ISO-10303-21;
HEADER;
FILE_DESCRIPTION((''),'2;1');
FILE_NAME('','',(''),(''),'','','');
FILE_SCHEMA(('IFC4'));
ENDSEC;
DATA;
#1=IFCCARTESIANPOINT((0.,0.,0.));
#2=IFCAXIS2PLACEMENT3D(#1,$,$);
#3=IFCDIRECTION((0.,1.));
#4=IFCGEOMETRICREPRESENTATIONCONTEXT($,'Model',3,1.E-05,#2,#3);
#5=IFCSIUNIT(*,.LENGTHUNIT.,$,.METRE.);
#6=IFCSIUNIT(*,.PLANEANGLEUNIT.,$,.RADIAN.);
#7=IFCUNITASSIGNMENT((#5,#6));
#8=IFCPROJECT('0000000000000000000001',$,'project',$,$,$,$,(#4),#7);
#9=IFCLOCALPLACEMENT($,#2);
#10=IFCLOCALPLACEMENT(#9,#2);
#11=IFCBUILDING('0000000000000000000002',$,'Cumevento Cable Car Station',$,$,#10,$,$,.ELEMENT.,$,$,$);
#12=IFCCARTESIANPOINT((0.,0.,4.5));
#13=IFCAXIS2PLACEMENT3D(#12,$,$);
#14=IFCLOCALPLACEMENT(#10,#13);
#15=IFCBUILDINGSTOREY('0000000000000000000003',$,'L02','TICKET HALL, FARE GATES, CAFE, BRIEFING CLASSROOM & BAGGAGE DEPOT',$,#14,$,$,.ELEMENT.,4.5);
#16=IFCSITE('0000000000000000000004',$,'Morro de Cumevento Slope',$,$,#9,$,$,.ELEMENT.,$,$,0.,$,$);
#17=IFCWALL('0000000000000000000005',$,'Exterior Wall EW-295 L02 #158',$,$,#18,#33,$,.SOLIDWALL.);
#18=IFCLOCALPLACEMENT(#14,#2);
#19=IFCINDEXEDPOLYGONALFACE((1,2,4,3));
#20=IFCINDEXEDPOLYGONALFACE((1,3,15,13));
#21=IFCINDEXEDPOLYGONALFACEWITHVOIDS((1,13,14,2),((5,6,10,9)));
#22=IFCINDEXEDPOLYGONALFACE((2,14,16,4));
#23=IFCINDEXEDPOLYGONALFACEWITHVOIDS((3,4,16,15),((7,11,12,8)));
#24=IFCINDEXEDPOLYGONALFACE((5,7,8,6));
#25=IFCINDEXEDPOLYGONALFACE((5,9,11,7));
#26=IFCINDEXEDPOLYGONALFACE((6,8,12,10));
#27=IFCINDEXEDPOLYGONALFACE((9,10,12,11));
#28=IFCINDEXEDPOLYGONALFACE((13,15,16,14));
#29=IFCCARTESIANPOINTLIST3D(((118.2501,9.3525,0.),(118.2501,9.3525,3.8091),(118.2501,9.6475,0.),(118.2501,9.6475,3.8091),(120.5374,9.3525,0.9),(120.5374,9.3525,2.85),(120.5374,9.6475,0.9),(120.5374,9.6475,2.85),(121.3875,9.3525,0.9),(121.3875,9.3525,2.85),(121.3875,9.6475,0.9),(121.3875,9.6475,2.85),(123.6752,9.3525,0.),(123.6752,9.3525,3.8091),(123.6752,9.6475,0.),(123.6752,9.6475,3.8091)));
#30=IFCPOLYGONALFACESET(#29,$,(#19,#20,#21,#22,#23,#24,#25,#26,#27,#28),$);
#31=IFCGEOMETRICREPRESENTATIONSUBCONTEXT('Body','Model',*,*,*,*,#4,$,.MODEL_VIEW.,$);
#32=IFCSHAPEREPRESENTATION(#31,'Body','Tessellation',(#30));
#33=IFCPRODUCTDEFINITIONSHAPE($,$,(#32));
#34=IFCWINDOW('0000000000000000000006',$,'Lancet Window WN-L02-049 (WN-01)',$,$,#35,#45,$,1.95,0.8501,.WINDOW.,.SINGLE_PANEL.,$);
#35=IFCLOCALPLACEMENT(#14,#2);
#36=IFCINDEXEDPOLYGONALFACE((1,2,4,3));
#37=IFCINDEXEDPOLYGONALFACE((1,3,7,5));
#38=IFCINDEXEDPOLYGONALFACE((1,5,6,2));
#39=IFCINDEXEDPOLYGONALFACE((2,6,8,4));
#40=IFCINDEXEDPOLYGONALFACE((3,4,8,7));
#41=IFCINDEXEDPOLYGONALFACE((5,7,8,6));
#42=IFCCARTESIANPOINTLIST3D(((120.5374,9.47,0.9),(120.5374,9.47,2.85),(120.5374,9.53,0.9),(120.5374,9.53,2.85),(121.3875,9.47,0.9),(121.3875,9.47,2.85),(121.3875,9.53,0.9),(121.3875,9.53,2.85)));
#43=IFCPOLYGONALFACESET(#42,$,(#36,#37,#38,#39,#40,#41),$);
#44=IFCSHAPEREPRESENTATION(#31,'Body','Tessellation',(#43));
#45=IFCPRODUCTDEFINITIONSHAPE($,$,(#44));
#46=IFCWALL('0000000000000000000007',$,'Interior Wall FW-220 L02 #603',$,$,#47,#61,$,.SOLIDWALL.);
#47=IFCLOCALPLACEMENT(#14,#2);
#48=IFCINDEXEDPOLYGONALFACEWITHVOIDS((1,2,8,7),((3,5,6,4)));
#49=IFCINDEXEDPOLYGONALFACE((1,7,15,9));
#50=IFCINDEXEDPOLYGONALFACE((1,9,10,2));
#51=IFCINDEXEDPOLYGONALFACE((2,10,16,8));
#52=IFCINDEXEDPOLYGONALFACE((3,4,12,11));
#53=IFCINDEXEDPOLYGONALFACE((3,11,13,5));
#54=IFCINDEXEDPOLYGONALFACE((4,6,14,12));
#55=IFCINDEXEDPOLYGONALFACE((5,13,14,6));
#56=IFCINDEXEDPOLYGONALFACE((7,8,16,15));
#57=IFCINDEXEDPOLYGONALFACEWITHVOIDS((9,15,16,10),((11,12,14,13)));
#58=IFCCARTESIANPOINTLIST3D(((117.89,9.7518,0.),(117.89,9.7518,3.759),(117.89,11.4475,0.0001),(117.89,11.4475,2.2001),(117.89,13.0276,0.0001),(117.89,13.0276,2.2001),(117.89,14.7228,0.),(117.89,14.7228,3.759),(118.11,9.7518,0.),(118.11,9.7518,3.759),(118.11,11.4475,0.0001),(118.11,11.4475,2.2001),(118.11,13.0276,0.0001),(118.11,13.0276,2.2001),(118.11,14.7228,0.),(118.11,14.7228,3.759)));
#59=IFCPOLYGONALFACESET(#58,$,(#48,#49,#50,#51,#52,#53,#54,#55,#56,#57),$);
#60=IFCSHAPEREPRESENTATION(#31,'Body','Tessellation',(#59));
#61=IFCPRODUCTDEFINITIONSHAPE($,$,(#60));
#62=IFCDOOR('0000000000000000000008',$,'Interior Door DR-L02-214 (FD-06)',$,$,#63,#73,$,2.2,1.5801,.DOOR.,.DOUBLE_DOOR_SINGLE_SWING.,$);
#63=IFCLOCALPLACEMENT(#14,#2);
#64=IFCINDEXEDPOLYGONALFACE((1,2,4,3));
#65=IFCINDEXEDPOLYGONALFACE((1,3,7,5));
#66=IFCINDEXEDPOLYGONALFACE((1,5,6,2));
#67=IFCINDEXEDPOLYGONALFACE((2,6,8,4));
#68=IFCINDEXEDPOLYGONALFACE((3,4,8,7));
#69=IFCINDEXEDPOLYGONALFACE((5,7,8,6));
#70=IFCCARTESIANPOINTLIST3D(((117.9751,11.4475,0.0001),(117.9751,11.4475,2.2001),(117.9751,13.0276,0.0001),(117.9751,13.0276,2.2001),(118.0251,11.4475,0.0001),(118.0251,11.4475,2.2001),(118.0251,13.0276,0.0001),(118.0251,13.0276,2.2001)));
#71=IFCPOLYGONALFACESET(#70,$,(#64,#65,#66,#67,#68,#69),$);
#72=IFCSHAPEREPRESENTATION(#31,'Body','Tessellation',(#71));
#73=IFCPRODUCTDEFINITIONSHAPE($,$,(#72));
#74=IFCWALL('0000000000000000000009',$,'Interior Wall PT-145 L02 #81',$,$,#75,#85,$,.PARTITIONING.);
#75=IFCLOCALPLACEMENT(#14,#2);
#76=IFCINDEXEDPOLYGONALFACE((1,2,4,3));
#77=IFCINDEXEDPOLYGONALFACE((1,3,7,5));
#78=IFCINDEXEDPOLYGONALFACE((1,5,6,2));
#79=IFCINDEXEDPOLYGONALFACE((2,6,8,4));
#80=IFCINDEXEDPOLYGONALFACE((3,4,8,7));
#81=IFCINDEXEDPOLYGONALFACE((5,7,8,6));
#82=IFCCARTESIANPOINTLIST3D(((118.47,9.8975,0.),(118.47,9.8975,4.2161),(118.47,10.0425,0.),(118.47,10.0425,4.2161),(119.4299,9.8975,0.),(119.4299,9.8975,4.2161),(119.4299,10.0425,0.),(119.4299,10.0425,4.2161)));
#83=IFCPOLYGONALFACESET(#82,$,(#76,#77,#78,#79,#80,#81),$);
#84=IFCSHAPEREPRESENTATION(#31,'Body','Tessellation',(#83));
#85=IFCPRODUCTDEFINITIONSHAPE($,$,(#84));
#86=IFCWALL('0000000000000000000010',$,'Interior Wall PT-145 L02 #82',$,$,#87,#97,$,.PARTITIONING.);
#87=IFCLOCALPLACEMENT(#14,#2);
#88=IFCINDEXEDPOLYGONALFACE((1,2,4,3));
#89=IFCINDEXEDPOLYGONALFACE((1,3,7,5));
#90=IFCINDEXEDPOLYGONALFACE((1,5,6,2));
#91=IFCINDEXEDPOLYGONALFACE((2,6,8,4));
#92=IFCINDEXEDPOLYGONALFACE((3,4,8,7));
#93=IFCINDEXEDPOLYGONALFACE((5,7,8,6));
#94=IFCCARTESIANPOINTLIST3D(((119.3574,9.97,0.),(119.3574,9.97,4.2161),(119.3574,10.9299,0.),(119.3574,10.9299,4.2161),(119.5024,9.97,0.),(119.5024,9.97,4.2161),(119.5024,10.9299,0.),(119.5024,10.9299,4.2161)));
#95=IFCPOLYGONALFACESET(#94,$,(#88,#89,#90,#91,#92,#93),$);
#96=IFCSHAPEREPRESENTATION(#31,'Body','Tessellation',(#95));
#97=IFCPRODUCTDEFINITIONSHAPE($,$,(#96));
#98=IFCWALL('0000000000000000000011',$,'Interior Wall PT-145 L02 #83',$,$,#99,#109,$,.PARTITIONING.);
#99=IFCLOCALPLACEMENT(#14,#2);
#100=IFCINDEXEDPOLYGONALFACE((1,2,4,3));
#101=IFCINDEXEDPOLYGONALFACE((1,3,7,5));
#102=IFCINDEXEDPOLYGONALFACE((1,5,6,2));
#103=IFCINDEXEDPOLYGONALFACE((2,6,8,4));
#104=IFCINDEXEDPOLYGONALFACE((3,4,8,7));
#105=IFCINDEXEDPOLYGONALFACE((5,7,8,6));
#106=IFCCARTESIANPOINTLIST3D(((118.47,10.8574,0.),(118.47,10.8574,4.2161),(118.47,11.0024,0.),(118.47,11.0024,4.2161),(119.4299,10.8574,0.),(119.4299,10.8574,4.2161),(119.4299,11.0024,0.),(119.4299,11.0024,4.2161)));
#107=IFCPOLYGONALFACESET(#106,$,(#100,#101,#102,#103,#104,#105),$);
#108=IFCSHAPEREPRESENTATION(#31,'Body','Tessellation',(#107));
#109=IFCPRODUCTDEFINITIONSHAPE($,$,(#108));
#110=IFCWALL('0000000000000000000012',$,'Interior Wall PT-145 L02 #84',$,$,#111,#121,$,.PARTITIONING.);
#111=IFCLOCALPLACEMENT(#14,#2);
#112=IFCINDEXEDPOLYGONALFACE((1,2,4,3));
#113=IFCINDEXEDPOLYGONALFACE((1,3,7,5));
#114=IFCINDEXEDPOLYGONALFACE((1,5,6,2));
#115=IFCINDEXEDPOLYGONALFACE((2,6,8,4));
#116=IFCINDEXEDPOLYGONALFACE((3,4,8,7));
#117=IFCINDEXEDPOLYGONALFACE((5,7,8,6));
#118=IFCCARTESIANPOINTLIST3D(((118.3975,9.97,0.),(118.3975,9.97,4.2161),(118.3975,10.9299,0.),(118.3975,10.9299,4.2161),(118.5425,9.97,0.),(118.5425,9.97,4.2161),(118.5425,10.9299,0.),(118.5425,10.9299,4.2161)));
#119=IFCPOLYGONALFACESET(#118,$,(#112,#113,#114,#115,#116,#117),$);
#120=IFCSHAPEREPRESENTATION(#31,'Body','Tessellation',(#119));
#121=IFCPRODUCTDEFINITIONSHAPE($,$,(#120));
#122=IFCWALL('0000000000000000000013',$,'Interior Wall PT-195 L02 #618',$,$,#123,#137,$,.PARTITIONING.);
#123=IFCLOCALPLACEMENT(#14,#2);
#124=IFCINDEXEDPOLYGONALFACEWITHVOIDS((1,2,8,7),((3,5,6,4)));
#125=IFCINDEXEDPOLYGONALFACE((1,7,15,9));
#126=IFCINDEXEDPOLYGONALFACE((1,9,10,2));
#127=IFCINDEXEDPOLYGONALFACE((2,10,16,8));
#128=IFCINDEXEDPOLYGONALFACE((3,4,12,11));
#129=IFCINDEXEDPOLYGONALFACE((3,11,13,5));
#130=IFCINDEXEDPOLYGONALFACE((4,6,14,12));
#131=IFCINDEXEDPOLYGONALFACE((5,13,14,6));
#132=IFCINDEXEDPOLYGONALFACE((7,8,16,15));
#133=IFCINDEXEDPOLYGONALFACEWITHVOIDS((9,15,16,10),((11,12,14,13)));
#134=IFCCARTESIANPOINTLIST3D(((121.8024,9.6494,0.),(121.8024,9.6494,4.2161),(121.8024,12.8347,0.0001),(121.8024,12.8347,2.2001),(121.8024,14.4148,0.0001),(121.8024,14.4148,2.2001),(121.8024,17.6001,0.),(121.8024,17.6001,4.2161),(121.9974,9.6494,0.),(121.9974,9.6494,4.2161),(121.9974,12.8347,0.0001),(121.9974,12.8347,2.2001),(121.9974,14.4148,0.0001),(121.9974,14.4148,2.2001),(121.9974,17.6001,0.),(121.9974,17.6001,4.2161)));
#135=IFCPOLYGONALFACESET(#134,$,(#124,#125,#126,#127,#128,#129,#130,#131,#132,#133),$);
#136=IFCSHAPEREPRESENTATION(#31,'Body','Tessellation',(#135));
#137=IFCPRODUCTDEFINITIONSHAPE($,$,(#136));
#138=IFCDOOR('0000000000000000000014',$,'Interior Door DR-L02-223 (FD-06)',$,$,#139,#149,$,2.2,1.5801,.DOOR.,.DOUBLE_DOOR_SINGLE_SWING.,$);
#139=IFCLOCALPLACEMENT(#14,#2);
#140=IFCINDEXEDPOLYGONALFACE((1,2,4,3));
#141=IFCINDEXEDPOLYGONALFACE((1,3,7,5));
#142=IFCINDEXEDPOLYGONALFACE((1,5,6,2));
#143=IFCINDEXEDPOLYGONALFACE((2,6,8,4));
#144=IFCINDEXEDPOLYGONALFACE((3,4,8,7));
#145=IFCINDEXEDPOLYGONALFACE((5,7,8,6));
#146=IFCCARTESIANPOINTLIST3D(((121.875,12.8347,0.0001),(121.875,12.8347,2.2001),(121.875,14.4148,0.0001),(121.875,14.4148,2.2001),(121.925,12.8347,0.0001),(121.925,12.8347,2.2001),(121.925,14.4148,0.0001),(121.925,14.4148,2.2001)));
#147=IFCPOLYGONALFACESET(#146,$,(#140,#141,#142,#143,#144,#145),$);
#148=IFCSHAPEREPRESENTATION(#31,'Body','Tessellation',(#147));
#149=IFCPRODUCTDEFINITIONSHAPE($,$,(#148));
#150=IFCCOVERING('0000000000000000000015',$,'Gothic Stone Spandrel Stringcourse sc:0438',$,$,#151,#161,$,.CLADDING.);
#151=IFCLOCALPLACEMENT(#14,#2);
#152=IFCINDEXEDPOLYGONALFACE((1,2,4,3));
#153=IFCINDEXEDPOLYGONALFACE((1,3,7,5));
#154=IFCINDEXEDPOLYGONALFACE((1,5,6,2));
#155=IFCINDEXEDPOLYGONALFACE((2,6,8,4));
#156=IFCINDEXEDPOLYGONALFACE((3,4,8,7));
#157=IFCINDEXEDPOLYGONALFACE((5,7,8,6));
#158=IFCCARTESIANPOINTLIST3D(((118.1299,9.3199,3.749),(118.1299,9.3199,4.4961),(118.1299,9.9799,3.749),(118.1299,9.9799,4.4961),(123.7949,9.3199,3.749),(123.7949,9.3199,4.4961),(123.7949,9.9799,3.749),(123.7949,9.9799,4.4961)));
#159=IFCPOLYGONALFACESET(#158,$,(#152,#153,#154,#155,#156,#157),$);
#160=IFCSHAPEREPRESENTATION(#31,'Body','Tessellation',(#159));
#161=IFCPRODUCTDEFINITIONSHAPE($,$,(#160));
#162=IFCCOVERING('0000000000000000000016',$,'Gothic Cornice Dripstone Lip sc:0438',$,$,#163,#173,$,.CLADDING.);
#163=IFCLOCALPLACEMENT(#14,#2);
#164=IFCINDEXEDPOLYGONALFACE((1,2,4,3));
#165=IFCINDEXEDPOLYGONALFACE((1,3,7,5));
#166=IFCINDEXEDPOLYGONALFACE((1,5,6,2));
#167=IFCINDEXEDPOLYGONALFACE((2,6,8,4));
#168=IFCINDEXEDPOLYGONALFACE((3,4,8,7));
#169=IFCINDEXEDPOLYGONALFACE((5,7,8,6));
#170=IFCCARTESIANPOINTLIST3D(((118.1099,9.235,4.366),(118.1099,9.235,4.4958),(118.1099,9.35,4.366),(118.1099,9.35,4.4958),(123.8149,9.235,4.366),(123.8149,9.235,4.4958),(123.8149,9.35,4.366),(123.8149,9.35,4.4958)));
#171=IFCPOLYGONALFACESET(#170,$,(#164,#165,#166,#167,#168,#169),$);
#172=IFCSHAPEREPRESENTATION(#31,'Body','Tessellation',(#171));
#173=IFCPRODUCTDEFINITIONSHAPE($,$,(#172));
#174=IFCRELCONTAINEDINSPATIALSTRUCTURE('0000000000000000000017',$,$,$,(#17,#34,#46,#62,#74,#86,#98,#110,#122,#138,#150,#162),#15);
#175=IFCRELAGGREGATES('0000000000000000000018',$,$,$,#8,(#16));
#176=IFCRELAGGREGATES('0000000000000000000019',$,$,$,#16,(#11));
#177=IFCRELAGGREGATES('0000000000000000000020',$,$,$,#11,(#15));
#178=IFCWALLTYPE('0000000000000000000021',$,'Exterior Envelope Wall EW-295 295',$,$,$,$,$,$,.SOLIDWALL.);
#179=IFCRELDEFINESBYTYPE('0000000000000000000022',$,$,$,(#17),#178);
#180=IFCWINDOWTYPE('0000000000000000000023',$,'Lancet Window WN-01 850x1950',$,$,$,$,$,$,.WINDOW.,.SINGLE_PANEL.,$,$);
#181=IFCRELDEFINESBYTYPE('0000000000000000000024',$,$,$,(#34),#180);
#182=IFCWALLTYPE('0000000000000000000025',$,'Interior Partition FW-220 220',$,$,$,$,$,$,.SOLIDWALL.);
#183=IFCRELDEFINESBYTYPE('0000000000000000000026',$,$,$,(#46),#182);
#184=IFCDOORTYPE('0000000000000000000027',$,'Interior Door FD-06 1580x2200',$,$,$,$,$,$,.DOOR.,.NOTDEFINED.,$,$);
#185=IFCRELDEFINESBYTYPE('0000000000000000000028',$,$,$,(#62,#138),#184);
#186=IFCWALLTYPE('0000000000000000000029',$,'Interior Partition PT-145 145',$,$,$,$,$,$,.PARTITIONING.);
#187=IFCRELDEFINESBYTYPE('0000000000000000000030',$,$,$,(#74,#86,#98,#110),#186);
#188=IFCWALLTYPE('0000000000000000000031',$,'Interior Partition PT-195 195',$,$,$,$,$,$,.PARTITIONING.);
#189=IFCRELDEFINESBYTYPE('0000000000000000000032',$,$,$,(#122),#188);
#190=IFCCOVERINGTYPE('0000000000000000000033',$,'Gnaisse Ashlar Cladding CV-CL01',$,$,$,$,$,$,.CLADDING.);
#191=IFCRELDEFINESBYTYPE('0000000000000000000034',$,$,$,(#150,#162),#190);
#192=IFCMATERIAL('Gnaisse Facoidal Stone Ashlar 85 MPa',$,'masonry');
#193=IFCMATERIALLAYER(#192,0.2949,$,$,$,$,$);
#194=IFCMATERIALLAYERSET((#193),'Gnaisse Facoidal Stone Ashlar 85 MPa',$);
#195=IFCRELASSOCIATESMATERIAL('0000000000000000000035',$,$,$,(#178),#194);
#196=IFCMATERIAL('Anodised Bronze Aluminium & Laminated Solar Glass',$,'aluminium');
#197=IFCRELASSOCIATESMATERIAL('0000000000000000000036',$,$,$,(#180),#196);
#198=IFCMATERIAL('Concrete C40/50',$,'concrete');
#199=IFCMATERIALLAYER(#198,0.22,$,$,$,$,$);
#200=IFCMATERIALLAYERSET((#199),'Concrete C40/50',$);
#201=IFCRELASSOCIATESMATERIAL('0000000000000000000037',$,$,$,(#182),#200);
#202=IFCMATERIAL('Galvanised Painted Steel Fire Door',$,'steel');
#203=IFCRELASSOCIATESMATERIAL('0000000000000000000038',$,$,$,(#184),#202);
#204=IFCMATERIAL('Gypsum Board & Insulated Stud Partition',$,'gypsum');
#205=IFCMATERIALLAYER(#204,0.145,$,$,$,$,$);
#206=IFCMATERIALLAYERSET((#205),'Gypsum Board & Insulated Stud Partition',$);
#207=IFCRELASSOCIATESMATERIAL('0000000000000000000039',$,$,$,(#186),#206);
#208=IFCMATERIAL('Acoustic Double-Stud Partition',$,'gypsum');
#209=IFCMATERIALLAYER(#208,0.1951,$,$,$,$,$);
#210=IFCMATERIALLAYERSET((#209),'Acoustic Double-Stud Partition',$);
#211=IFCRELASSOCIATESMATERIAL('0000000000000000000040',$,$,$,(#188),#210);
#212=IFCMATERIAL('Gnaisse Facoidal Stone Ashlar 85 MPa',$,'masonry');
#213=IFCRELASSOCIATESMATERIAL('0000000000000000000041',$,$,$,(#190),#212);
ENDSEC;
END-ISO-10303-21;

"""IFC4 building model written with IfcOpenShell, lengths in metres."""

from ifc_helpers import new_model, si_unit, direction, frame, frame_2d, origin, origin_2d, place, context, subcontext, project, spatial, rectangle, extrude, material, layer, layer_set, type_object, element, fill, save


model = new_model("IFC4")

# Units and contexts
model_context = context("Model", 3, precision=1e-05, world=origin(), true_north=direction((0.0, 1.0)))
body_context = subcontext(model_context, "Body", "Model", "MODEL_VIEW")
ifc_project = project(units=[si_unit("LENGTHUNIT", "METRE"), si_unit("PLANEANGLEUNIT", "RADIAN")], contexts=[model_context])

# Site, building, storey
site_placement = place(None, origin())
site = spatial("IfcSite", under=ifc_project, at=site_placement, Name="Morro de Cumevento Slope", CompositionType="ELEMENT", RefElevation=0.0)
building_placement = place(site_placement, origin())
building = spatial("IfcBuilding", under=site, at=building_placement, Name="Cumevento Cable Car Station", CompositionType="ELEMENT")
storey_placement = place(building_placement, frame((0.0, 0.0, 4.5)))
storey = spatial("IfcBuildingStorey", under=building, at=storey_placement, Name="L02", Description="TICKET HALL, FARE GATES, CAFE, BRIEFING CLASSROOM & BAGGAGE DEPOT", CompositionType="ELEMENT", Elevation=4.5)

# Shared definitions
ifc_material_1 = material(Name="Gnaisse Facoidal Stone Ashlar 85 MPa", Category="masonry")
ifc_layer_1 = layer(ifc_material_1, 0.2949)
ifc_layer_set_1 = layer_set([ifc_layer_1], Name="Gnaisse Facoidal Stone Ashlar 85 MPa")
wall_type_1 = type_object("IfcWallType", Name="Exterior Envelope Wall EW-295 295", PredefinedType="SOLIDWALL", material=ifc_layer_set_1)

# Wall, opening, window
wall_1_placement = place(storey_placement, frame((123.675, 9.5, 0.0), z_axis=(0.0, 0.0, 1.0), x_axis=(-1.0, 0.0, 0.0)))
wall_1 = element("IfcWall", 1, at=wall_1_placement, inside=storey, type_object=wall_type_1, Name="Exterior Wall EW-295 L02 #158", PredefinedType="SOLIDWALL", context=body_context, shape_type="SweptSolid", body=[
    extrude(rectangle(XDim=5.425, YDim=0.2949, at=frame_2d((2.7124, 0.0))), origin(), (0.0, 0.0, 1.0), 3.8091),
])
opening_1_placement = place(wall_1_placement, frame((2.2876, 0.0, 0.8999)))
opening_1 = element("IfcOpeningElement", 2, at=opening_1_placement, cuts=wall_1, PredefinedType="OPENING", context=body_context, shape_type="SweptSolid", body=[
    extrude(rectangle(XDim=0.8501, YDim=1.95, at=frame_2d((0.425, 0.9751))), frame((0.0, 0.1575, 0.0), z_axis=(0.0, -1.0, 0.0), x_axis=(1.0, 0.0, 0.0)), (0.0, 0.0, 1.0), 0.3149),
])
ifc_material_2 = material(Name="Anodised Bronze Aluminium & Laminated Solar Glass", Category="aluminium")
window_type = type_object("IfcWindowType", Name="Lancet Window WN-01 850x1950", PartitioningType="SINGLE_PANEL", PredefinedType="WINDOW", material=ifc_material_2)
window_placement = place(opening_1_placement, origin())
window = element("IfcWindow", 3, at=window_placement, inside=storey, type_object=window_type, Name="Lancet Window WN-L02-049 (WN-01)", OverallHeight=1.95, OverallWidth=0.8501, PartitioningType="SINGLE_PANEL", PredefinedType="WINDOW", context=body_context, shape_type="SweptSolid", body=[
    extrude(rectangle(XDim=0.8501, YDim=1.95, at=frame_2d((0.425, 0.9751))), frame((0.0, 0.03, 0.0), z_axis=(0.0, -1.0, 0.0), x_axis=(1.0, 0.0, 0.0)), (0.0, 0.0, 1.0), 0.0601),
])
fill(opening_1, window)

# Wall, opening, door
ifc_material_3 = material(Name="Concrete C40/50", Category="concrete")
ifc_layer_2 = layer(ifc_material_3, 0.22)
ifc_layer_set_2 = layer_set([ifc_layer_2], Name="Concrete C40/50")
wall_type_2 = type_object("IfcWallType", Name="Interior Partition FW-220 220", PredefinedType="SOLIDWALL", material=ifc_layer_set_2)
wall_2_placement = place(storey_placement, frame((118.0, 9.752, 0.0), z_axis=(0.0, 0.0, 1.0), x_axis=(0.0, 1.0, 0.0)))
wall_2 = element("IfcWall", 4, at=wall_2_placement, inside=storey, type_object=wall_type_2, Name="Interior Wall FW-220 L02 #603", PredefinedType="SOLIDWALL", context=body_context, shape_type="SweptSolid", body=[
    extrude(rectangle(XDim=4.9709, YDim=0.22, at=frame_2d((2.4854, 0.0))), origin(), (0.0, 0.0, 1.0), 3.759),
])
opening_2_placement = place(wall_2_placement, frame((1.6956, 0.0, 0.0)))
opening_2 = element("IfcOpeningElement", 5, at=opening_2_placement, cuts=wall_2, PredefinedType="OPENING", context=body_context, shape_type="SweptSolid", body=[
    extrude(rectangle(XDim=1.5801, YDim=2.2, at=frame_2d((0.79, 1.1001))), frame((0.0, 0.1199, 0.0), z_axis=(0.0, -1.0, 0.0), x_axis=(1.0, 0.0, 0.0)), (0.0, 0.0, 1.0), 0.24),
])
ifc_material_4 = material(Name="Galvanised Painted Steel Fire Door", Category="steel")
door_type = type_object("IfcDoorType", Name="Interior Door FD-06 1580x2200", OperationType="NOTDEFINED", PredefinedType="DOOR", material=ifc_material_4)
door_1_placement = place(opening_2_placement, origin())
door_1 = element("IfcDoor", 6, at=door_1_placement, inside=storey, type_object=door_type, Name="Interior Door DR-L02-214 (FD-06)", OperationType="DOUBLE_DOOR_SINGLE_SWING", OverallHeight=2.2, OverallWidth=1.5801, PredefinedType="DOOR", context=body_context, shape_type="SweptSolid", body=[
    extrude(rectangle(XDim=1.5801, YDim=2.2, at=frame_2d((0.79, 1.1001))), frame((0.0, 0.0249, 0.0), z_axis=(0.0, -1.0, 0.0), x_axis=(1.0, 0.0, 0.0)), (0.0, 0.0, 1.0), 0.05),
])
fill(opening_2, door_1)

# Walls
ifc_material_5 = material(Name="Gypsum Board & Insulated Stud Partition", Category="gypsum")
ifc_layer_3 = layer(ifc_material_5, 0.145)
ifc_layer_set_3 = layer_set([ifc_layer_3], Name="Gypsum Board & Insulated Stud Partition")
wall_type_3 = type_object("IfcWallType", Name="Interior Partition PT-145 145", PredefinedType="PARTITIONING", material=ifc_layer_set_3)
for number, where, z_axis, x_axis, name in (
    (7, (118.47, 9.97, 0.0), (0.0, 0.0, 1.0), (1.0, 0.0, 0.0), "Interior Wall PT-145 L02 #81"),
    (8, (119.4299, 9.97, 0.0), (0.0, 0.0, 1.0), (0.0, 1.0, 0.0), "Interior Wall PT-145 L02 #82"),
    (9, (119.4299, 10.9299, 0.0), (0.0, 0.0, 1.0), (-1.0, 0.0, 0.0), "Interior Wall PT-145 L02 #83"),
    (10, (118.47, 10.9299, 0.0), (0.0, 0.0, 1.0), (0.0, -1.0, 0.0), "Interior Wall PT-145 L02 #84"),
):
    element("IfcWall", number, at=place(storey_placement, frame(where, z_axis=z_axis, x_axis=x_axis)), inside=storey, type_object=wall_type_3, Name=name, PredefinedType="PARTITIONING", context=body_context, shape_type="SweptSolid", body=[
        extrude(rectangle(XDim=0.96, YDim=0.145, at=frame_2d((0.48, 0.0))), origin(), (0.0, 0.0, 1.0), 4.2161),
    ])

# Wall, opening, door
ifc_material_6 = material(Name="Acoustic Double-Stud Partition", Category="gypsum")
ifc_layer_4 = layer(ifc_material_6, 0.1951)
ifc_layer_set_4 = layer_set([ifc_layer_4], Name="Acoustic Double-Stud Partition")
wall_type_4 = type_object("IfcWallType", Name="Interior Partition PT-195 195", PredefinedType="PARTITIONING", material=ifc_layer_set_4)
wall_3_placement = place(storey_placement, frame((121.8999, 9.6494, 0.0), z_axis=(0.0, 0.0, 1.0), x_axis=(0.0, 1.0, 0.0)))
wall_3 = element("IfcWall", 11, at=wall_3_placement, inside=storey, type_object=wall_type_4, Name="Interior Wall PT-195 L02 #618", PredefinedType="PARTITIONING", context=body_context, shape_type="SweptSolid", body=[
    extrude(rectangle(XDim=7.9507, YDim=0.1951, at=frame_2d((3.9753, 0.0))), origin(), (0.0, 0.0, 1.0), 4.2161),
])
opening_3_placement = place(wall_3_placement, frame((3.1853, 0.0, 0.0)))
opening_3 = element("IfcOpeningElement", 12, at=opening_3_placement, cuts=wall_3, PredefinedType="OPENING", context=body_context, shape_type="SweptSolid", body=[
    extrude(rectangle(XDim=1.5801, YDim=2.2, at=frame_2d((0.79, 1.1001))), frame((0.0, 0.1077, 0.0), z_axis=(0.0, -1.0, 0.0), x_axis=(1.0, 0.0, 0.0)), (0.0, 0.0, 1.0), 0.2151),
])
door_2_placement = place(opening_3_placement, origin())
door_2 = element("IfcDoor", 13, at=door_2_placement, inside=storey, type_object=door_type, Name="Interior Door DR-L02-223 (FD-06)", OperationType="DOUBLE_DOOR_SINGLE_SWING", OverallHeight=2.2, OverallWidth=1.5801, PredefinedType="DOOR", context=body_context, shape_type="SweptSolid", body=[
    extrude(rectangle(XDim=1.5801, YDim=2.2, at=frame_2d((0.79, 1.1001))), frame((0.0, 0.0249, 0.0), z_axis=(0.0, -1.0, 0.0), x_axis=(1.0, 0.0, 0.0)), (0.0, 0.0, 1.0), 0.05),
])
fill(opening_3, door_2)

# Coverings
ifc_material_7 = material(Name="Gnaisse Facoidal Stone Ashlar 85 MPa", Category="masonry")
covering_type = type_object("IfcCoveringType", Name="Gnaisse Ashlar Cladding CV-CL01", PredefinedType="CLADDING", material=ifc_material_7)
covering_1_placement = place(storey_placement, frame((120.9624, 9.6499, 3.749), z_axis=(0.0, 0.0, 1.0), x_axis=(-1.0, 0.0, 0.0)))
element("IfcCovering", 14, at=covering_1_placement, inside=storey, type_object=covering_type, Name="Gothic Stone Spandrel Stringcourse sc:0438", PredefinedType="CLADDING", context=body_context, shape_type="SweptSolid", body=[
    extrude(rectangle(XDim=5.665, YDim=0.6599, at=origin_2d()), origin(), (0.0, 0.0, 1.0), 0.7471),
])
covering_2_placement = place(storey_placement, frame((120.9624, 9.2925, 4.366), z_axis=(0.0, 0.0, 1.0), x_axis=(-1.0, 0.0, 0.0)))
element("IfcCovering", 15, at=covering_2_placement, inside=storey, type_object=covering_type, Name="Gothic Cornice Dripstone Lip sc:0438", PredefinedType="CLADDING", context=body_context, shape_type="SweptSolid", body=[
    extrude(rectangle(XDim=5.7051, YDim=0.115, at=origin_2d()), origin(), (0.0, 0.0, 1.0), 0.1299),
])

save(model, "model.ifc")
